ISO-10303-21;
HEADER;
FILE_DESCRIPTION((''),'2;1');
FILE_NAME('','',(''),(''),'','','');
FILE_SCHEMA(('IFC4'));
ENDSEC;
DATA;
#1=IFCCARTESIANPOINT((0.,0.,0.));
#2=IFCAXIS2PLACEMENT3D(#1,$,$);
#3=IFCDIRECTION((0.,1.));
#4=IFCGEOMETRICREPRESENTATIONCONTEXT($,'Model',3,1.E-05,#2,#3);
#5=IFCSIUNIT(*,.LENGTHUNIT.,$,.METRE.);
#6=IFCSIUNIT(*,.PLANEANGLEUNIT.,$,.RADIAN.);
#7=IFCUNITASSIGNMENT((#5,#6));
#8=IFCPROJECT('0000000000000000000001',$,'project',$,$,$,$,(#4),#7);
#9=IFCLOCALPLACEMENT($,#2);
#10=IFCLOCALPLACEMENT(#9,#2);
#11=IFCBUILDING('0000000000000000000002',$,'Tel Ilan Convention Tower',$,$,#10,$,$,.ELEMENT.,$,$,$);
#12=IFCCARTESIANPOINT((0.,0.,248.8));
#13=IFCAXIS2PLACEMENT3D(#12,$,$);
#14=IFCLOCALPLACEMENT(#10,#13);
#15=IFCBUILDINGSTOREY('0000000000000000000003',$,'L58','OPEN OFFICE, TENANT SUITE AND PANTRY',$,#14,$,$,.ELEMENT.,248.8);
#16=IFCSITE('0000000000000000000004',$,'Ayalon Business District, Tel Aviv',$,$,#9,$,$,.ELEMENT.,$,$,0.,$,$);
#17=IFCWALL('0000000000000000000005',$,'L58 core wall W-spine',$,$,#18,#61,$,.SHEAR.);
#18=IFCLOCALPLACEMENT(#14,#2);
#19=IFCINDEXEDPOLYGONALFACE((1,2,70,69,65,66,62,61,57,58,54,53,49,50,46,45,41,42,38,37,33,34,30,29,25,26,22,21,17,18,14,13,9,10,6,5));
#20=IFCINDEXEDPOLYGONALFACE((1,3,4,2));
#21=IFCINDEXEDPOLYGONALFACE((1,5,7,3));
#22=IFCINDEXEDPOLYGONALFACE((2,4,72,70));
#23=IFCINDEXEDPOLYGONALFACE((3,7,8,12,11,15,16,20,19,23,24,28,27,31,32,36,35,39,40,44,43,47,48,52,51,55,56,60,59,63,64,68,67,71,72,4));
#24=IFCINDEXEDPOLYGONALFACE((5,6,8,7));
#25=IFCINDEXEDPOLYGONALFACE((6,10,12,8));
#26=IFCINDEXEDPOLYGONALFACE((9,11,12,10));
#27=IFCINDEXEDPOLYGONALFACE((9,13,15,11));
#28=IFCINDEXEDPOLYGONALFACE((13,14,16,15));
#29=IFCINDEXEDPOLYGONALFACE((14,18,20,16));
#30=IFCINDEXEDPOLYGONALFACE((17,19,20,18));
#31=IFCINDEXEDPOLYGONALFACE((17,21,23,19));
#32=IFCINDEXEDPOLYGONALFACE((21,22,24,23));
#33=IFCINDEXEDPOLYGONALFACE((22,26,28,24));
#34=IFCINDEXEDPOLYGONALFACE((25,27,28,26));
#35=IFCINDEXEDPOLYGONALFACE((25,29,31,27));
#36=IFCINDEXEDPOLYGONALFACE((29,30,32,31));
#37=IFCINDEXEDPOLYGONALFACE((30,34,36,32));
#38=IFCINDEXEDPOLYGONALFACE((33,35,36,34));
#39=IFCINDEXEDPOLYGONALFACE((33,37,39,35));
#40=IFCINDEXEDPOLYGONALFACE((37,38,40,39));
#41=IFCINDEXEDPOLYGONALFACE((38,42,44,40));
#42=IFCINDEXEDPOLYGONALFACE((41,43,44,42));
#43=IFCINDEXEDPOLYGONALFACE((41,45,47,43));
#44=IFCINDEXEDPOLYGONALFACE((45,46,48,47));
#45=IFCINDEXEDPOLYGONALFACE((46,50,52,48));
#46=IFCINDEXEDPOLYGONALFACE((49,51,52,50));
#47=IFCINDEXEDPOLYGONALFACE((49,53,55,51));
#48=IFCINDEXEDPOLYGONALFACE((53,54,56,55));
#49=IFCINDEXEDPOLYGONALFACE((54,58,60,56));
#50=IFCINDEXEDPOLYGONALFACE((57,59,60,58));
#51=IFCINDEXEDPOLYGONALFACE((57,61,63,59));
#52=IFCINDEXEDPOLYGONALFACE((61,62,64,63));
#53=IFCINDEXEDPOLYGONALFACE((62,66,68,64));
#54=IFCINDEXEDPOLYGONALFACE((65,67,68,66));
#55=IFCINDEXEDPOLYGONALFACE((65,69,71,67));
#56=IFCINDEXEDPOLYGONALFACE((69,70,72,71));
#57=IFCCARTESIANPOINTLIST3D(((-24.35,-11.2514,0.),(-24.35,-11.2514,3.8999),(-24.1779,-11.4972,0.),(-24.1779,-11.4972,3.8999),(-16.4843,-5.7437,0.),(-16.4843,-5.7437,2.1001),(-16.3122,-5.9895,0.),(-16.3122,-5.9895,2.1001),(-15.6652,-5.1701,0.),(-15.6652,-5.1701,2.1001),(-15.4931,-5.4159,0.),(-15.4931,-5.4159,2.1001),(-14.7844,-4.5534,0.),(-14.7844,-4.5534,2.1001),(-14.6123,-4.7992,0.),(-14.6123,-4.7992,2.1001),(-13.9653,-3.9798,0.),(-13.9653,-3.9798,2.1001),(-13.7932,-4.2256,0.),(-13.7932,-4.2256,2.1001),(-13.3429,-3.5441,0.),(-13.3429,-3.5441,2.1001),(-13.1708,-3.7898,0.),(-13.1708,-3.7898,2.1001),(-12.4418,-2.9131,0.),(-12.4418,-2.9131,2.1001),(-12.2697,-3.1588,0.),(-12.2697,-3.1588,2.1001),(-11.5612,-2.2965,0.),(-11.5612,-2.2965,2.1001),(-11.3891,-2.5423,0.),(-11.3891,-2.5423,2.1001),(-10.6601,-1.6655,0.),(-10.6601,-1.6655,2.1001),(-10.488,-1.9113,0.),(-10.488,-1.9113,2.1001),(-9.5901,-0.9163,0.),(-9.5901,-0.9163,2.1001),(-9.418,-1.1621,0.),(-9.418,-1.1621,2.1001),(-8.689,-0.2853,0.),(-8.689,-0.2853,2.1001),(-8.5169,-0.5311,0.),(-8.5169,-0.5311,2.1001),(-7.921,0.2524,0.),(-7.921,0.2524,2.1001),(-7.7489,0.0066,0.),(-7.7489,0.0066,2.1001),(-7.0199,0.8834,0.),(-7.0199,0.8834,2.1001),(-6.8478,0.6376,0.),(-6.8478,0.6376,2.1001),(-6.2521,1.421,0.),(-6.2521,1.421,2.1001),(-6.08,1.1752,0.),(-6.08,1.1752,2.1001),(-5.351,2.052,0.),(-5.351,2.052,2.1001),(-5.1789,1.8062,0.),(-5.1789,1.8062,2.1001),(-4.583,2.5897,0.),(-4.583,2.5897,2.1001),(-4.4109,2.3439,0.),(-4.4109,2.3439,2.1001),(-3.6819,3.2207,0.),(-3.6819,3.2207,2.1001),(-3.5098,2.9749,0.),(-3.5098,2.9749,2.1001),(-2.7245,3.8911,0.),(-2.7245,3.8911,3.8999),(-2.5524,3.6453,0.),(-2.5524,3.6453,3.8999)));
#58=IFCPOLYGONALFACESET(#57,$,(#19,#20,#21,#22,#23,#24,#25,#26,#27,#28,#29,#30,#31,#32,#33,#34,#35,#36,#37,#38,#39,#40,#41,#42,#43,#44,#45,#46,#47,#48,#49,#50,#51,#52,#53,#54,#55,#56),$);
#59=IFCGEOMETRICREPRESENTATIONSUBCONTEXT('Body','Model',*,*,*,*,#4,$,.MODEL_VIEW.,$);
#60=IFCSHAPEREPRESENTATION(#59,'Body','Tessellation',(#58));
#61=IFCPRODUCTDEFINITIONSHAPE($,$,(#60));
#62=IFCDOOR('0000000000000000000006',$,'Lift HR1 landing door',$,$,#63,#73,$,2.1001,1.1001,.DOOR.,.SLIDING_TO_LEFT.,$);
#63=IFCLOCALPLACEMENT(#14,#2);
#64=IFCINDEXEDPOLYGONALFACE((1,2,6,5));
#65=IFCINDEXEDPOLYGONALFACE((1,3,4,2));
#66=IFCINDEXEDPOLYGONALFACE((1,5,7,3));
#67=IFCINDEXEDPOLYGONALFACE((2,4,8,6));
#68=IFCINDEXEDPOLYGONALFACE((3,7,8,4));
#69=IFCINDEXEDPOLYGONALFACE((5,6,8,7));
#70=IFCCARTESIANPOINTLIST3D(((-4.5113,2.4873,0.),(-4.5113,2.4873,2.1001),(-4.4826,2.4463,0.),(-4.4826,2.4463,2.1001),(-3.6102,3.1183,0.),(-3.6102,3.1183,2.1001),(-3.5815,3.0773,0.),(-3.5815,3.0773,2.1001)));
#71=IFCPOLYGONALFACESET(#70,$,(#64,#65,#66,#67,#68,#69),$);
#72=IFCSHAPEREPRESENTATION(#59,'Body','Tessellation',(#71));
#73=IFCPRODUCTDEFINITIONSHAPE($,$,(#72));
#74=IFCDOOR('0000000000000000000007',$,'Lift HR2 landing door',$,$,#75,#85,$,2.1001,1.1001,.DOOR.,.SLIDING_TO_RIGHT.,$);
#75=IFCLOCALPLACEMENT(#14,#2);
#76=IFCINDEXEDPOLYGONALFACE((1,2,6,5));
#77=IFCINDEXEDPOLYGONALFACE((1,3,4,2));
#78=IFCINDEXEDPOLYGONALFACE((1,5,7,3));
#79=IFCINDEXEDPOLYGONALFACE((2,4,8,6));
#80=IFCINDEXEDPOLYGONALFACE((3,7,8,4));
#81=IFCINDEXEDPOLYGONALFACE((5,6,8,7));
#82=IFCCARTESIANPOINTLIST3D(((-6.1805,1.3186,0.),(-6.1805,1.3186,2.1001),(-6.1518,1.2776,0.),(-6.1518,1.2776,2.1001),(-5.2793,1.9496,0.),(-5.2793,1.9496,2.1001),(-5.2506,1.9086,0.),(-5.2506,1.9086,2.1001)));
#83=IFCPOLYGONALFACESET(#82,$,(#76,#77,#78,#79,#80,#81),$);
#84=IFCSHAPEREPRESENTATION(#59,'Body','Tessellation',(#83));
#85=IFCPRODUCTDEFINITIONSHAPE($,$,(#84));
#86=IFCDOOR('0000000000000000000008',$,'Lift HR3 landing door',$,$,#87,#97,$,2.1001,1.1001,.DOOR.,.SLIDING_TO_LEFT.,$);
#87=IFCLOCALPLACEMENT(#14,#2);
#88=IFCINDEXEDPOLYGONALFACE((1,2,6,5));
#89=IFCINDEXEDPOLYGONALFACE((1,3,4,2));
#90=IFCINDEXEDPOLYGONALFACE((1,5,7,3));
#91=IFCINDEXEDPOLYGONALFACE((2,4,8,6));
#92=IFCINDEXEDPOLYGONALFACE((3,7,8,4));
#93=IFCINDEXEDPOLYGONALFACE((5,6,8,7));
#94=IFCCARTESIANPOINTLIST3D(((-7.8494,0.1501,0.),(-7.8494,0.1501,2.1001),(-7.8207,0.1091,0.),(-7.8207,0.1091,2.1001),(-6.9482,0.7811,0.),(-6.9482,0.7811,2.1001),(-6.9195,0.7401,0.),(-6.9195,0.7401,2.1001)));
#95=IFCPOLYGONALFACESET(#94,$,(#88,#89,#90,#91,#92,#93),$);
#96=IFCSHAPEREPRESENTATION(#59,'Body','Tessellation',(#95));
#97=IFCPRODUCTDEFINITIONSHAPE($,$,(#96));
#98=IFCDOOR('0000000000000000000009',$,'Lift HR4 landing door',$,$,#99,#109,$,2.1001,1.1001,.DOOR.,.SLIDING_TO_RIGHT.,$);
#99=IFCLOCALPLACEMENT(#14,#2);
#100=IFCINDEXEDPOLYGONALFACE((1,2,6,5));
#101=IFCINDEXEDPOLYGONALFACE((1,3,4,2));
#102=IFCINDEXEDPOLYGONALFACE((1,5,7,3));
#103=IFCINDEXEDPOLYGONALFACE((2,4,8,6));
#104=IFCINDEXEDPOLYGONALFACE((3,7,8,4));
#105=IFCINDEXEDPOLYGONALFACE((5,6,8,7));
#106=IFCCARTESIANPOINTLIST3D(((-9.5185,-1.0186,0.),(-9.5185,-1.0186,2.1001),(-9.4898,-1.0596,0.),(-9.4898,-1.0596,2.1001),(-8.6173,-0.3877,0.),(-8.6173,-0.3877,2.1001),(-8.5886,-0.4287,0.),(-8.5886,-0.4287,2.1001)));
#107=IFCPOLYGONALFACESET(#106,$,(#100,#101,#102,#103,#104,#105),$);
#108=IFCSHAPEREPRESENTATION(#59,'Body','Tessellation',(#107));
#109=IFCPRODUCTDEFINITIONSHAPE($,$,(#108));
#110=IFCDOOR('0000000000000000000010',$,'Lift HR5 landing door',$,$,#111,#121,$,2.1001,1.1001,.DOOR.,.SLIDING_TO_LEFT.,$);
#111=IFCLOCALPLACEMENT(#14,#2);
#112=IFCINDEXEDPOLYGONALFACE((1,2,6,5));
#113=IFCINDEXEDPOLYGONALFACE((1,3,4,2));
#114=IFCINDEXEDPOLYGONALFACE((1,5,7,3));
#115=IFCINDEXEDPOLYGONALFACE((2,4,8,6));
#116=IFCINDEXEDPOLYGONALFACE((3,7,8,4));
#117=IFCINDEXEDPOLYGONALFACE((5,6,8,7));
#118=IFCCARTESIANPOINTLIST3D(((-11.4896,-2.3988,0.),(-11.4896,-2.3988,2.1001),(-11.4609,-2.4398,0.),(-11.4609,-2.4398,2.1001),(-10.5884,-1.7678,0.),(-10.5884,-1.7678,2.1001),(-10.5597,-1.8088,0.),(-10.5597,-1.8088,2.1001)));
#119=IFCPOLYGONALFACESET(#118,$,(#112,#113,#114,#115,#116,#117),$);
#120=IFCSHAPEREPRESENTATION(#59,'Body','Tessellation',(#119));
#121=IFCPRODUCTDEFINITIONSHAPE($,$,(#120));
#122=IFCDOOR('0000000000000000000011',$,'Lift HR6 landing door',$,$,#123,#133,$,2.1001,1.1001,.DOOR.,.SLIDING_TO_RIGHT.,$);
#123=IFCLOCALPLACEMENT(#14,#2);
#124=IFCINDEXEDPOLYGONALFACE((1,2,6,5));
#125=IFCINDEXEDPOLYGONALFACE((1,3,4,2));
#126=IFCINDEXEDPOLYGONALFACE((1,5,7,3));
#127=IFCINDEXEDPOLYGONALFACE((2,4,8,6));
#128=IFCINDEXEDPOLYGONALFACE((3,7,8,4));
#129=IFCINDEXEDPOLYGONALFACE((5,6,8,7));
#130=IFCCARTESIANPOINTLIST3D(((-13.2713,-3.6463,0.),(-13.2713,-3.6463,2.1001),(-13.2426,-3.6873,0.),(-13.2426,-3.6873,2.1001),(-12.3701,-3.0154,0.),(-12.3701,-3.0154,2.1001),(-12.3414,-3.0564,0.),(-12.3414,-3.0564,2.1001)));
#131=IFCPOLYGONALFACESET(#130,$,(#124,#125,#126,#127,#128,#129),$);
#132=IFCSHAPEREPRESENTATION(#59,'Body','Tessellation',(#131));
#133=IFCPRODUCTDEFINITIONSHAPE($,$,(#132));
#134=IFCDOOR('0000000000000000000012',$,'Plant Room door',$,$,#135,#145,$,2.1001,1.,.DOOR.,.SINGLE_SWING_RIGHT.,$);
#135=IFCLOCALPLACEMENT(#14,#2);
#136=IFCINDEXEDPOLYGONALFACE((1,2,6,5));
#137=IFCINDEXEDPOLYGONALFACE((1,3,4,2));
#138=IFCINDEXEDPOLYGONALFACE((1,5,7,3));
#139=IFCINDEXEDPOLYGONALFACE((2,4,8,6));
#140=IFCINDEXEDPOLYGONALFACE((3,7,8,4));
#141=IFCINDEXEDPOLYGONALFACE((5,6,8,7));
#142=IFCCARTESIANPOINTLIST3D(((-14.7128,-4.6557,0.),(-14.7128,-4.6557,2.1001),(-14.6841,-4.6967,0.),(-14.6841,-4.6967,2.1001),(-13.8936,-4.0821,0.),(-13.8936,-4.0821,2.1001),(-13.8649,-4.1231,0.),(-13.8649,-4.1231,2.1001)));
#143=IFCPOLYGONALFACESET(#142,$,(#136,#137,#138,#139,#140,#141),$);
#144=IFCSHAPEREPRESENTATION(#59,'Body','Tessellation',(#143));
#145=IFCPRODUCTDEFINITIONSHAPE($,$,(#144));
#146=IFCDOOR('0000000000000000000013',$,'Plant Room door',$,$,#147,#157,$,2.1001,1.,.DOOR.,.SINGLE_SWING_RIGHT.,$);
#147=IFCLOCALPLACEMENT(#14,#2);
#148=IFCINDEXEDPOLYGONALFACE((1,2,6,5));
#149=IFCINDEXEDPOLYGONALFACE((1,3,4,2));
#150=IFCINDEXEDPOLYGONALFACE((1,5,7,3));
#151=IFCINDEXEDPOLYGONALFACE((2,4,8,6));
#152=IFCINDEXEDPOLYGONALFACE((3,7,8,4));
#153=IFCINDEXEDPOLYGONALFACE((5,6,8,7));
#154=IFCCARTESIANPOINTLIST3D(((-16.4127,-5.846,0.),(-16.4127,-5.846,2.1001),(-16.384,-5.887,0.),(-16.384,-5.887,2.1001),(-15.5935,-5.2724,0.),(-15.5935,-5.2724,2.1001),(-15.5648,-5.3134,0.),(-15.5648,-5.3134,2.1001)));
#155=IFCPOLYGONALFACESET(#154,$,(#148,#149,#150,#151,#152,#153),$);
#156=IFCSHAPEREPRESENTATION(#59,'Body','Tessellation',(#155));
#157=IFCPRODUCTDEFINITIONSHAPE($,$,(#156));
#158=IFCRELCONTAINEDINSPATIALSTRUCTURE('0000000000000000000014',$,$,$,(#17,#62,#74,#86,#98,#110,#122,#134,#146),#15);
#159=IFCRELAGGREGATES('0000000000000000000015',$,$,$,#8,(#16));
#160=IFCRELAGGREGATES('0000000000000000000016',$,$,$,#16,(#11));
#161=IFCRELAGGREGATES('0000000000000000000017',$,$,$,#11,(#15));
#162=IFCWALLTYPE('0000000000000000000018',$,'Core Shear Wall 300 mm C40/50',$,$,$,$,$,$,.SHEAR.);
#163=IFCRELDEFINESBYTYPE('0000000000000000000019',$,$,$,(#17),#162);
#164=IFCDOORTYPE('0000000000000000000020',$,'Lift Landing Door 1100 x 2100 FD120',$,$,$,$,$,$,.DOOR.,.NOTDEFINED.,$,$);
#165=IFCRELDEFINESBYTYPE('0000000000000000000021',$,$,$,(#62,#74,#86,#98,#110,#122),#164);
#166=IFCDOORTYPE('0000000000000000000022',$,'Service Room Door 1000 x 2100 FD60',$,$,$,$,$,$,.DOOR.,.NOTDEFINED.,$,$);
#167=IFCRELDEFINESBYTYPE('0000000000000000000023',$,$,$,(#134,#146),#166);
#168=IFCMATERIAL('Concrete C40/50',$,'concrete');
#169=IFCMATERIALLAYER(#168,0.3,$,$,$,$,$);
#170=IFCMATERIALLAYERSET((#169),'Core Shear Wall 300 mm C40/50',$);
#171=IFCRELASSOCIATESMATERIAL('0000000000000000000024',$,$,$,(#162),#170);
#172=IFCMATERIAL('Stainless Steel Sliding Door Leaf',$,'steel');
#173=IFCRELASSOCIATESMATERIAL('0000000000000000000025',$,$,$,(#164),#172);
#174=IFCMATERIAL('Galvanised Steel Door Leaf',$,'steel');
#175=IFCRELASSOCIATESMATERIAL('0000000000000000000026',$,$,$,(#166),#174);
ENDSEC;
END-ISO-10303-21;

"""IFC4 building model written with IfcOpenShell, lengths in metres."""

from ifc_helpers import new_model, si_unit, direction, frame, frame_2d, origin, place, context, subcontext, project, spatial, polyline, rectangle, outline, extrude, material, layer, layer_set, type_object, element, fill, save


model = new_model("IFC4")

# Units and contexts
model_context = context("Model", 3, precision=1e-05, world=origin(), true_north=direction((0.0, 1.0)))
body_context = subcontext(model_context, "Body", "Model", "MODEL_VIEW")
ifc_project = project(units=[si_unit("LENGTHUNIT", "METRE"), si_unit("PLANEANGLEUNIT", "RADIAN")], contexts=[model_context])

# Site, building, storey
site_placement = place(None, origin())
site = spatial("IfcSite", under=ifc_project, at=site_placement, Name="Ayalon Business District, Tel Aviv", CompositionType="ELEMENT", RefElevation=0.0)
building_placement = place(site_placement, origin())
building = spatial("IfcBuilding", under=site, at=building_placement, Name="Tel Ilan Convention Tower", CompositionType="ELEMENT")
storey_placement = place(building_placement, frame((0.0, 0.0, 248.8)))
storey = spatial("IfcBuildingStorey", under=building, at=storey_placement, Name="L58", Description="OPEN OFFICE, TENANT SUITE AND PANTRY", CompositionType="ELEMENT", Elevation=248.8)

# Wall, openings, doors
ifc_material_1 = material(Name="Concrete C40/50", Category="concrete")
ifc_layer_1 = layer(ifc_material_1, 0.3)
ifc_layer_set_1 = layer_set([ifc_layer_1], Name="Core Shear Wall 300 mm C40/50")
wall_type_1 = type_object("IfcWallType", Name="Core Shear Wall 300 mm C40/50", PredefinedType="SHEAR", material=ifc_layer_set_1)
wall_1_placement = place(storey_placement, frame((-2.6384, 3.7681, 0.0), z_axis=(0.0, 0.0, 1.0), x_axis=(-0.819155, -0.573572, 0.0)))
wall_1 = element("IfcWall", 1, at=wall_1_placement, inside=storey, type_object=wall_type_1, Name="L58 core wall W-spine", PredefinedType="SHEAR", context=body_context, shape_type="SweptSolid", body=[
    extrude(outline(polyline([(26.3999, 0.1501), (0.0, 0.1499), (0.0, -0.1501), (26.3999, -0.1499), (26.3999, 0.1501)])), origin(), (0.0, 0.0, 1.0), 3.8999),
])
opening_1_placement = place(wall_1_placement, frame((1.1687, 0.0, 0.0)))
opening_1 = element("IfcOpeningElement", 2, at=opening_1_placement, cuts=wall_1, PredefinedType="OPENING", context=body_context, shape_type="SweptSolid", body=[
    extrude(rectangle(XDim=1.1001, YDim=2.1001, at=frame_2d((0.55, 1.05))), frame((0.0, 0.1599, 0.0), z_axis=(0.0, -1.0, 0.0), x_axis=(1.0, 0.0, 0.0)), (0.0, 0.0, 1.0), 0.3201),
])
opening_2_placement = place(wall_1_placement, frame((3.2063, 0.0, 0.0)))
opening_2 = element("IfcOpeningElement", 3, at=opening_2_placement, cuts=wall_1, PredefinedType="OPENING", context=body_context, shape_type="SweptSolid", body=[
    extrude(rectangle(XDim=1.1001, YDim=2.1001, at=frame_2d((0.55, 1.05))), frame((0.0, 0.1599, 0.0), z_axis=(0.0, -1.0, 0.0), x_axis=(1.0, 0.0, 0.0)), (0.0, 0.0, 1.0), 0.3201),
])
opening_3_placement = place(wall_1_placement, frame((5.2437, 0.0, 0.0)))
opening_3 = element("IfcOpeningElement", 4, at=opening_3_placement, cuts=wall_1, PredefinedType="OPENING", context=body_context, shape_type="SweptSolid", body=[
    extrude(rectangle(XDim=1.1001, YDim=2.1001, at=frame_2d((0.55, 1.05))), frame((0.0, 0.1599, 0.0), z_axis=(0.0, -1.0, 0.0), x_axis=(1.0, 0.0, 0.0)), (0.0, 0.0, 1.0), 0.3201),
])
opening_4_placement = place(wall_1_placement, frame((7.2812, 0.0, 0.0)))
opening_4 = element("IfcOpeningElement", 5, at=opening_4_placement, cuts=wall_1, PredefinedType="OPENING", context=body_context, shape_type="SweptSolid", body=[
    extrude(rectangle(XDim=1.1001, YDim=2.1001, at=frame_2d((0.55, 1.05))), frame((0.0, 0.1599, 0.0), z_axis=(0.0, -1.0, 0.0), x_axis=(1.0, 0.0, 0.0)), (0.0, 0.0, 1.0), 0.3201),
])
opening_5_placement = place(wall_1_placement, frame((9.6875, 0.0, 0.0)))
opening_5 = element("IfcOpeningElement", 6, at=opening_5_placement, cuts=wall_1, PredefinedType="OPENING", context=body_context, shape_type="SweptSolid", body=[
    extrude(rectangle(XDim=1.1001, YDim=2.1001, at=frame_2d((0.55, 1.05))), frame((0.0, 0.1599, 0.0), z_axis=(0.0, -1.0, 0.0), x_axis=(1.0, 0.0, 0.0)), (0.0, 0.0, 1.0), 0.3201),
])
opening_6_placement = place(wall_1_placement, frame((11.8625, 0.0, 0.0)))
opening_6 = element("IfcOpeningElement", 7, at=opening_6_placement, cuts=wall_1, PredefinedType="OPENING", context=body_context, shape_type="SweptSolid", body=[
    extrude(rectangle(XDim=1.1001, YDim=2.1001, at=frame_2d((0.55, 1.05))), frame((0.0, 0.1599, 0.0), z_axis=(0.0, -1.0, 0.0), x_axis=(1.0, 0.0, 0.0)), (0.0, 0.0, 1.0), 0.3201),
])
opening_7_placement = place(wall_1_placement, frame((13.7224, 0.0, 0.0)))
opening_7 = element("IfcOpeningElement", 8, at=opening_7_placement, cuts=wall_1, PredefinedType="OPENING", context=body_context, shape_type="SweptSolid", body=[
    extrude(rectangle(XDim=1.0, YDim=2.1001, at=frame_2d((0.5, 1.05))), frame((0.0, 0.1599, 0.0), z_axis=(0.0, -1.0, 0.0), x_axis=(1.0, 0.0, 0.0)), (0.0, 0.0, 1.0), 0.3201),
])
opening_8_placement = place(wall_1_placement, frame((15.7976, 0.0, 0.0)))
opening_8 = element("IfcOpeningElement", 9, at=opening_8_placement, cuts=wall_1, PredefinedType="OPENING", context=body_context, shape_type="SweptSolid", body=[
    extrude(rectangle(XDim=1.0, YDim=2.1001, at=frame_2d((0.5, 1.05))), frame((0.0, 0.1599, 0.0), z_axis=(0.0, -1.0, 0.0), x_axis=(1.0, 0.0, 0.0)), (0.0, 0.0, 1.0), 0.3201),
])
ifc_material_2 = material(Name="Stainless Steel Sliding Door Leaf", Category="steel")
door_type_1 = type_object("IfcDoorType", Name="Lift Landing Door 1100 x 2100 FD120", OperationType="NOTDEFINED", PredefinedType="DOOR", material=ifc_material_2)
door_1_placement = place(opening_1_placement, origin())
door_1 = element("IfcDoor", 10, at=door_1_placement, inside=storey, type_object=door_type_1, Name="Lift HR1 landing door", OperationType="SLIDING_TO_LEFT", OverallHeight=2.1001, OverallWidth=1.1001, PredefinedType="DOOR", context=body_context, shape_type="SweptSolid", body=[
    extrude(rectangle(XDim=1.1001, YDim=2.1001, at=frame_2d((0.55, 1.05))), frame((0.0, 0.0249, 0.0), z_axis=(0.0, -1.0, 0.0), x_axis=(1.0, 0.0, 0.0)), (0.0, 0.0, 1.0), 0.05),
])
fill(opening_1, door_1)
door_2_placement = place(opening_2_placement, origin())
door_2 = element("IfcDoor", 11, at=door_2_placement, inside=storey, type_object=door_type_1, Name="Lift HR2 landing door", OperationType="SLIDING_TO_RIGHT", OverallHeight=2.1001, OverallWidth=1.1001, PredefinedType="DOOR", context=body_context, shape_type="SweptSolid", body=[
    extrude(rectangle(XDim=1.1001, YDim=2.1001, at=frame_2d((0.55, 1.05))), frame((0.0, 0.0249, 0.0), z_axis=(0.0, -1.0, 0.0), x_axis=(1.0, 0.0, 0.0)), (0.0, 0.0, 1.0), 0.05),
])
fill(opening_2, door_2)
door_3_placement = place(opening_3_placement, origin())
door_3 = element("IfcDoor", 12, at=door_3_placement, inside=storey, type_object=door_type_1, Name="Lift HR3 landing door", OperationType="SLIDING_TO_LEFT", OverallHeight=2.1001, OverallWidth=1.1001, PredefinedType="DOOR", context=body_context, shape_type="SweptSolid", body=[
    extrude(rectangle(XDim=1.1001, YDim=2.1001, at=frame_2d((0.55, 1.05))), frame((0.0, 0.0249, 0.0), z_axis=(0.0, -1.0, 0.0), x_axis=(1.0, 0.0, 0.0)), (0.0, 0.0, 1.0), 0.05),
])
fill(opening_3, door_3)
door_4_placement = place(opening_4_placement, origin())
door_4 = element("IfcDoor", 13, at=door_4_placement, inside=storey, type_object=door_type_1, Name="Lift HR4 landing door", OperationType="SLIDING_TO_RIGHT", OverallHeight=2.1001, OverallWidth=1.1001, PredefinedType="DOOR", context=body_context, shape_type="SweptSolid", body=[
    extrude(rectangle(XDim=1.1001, YDim=2.1001, at=frame_2d((0.55, 1.05))), frame((0.0, 0.0249, 0.0), z_axis=(0.0, -1.0, 0.0), x_axis=(1.0, 0.0, 0.0)), (0.0, 0.0, 1.0), 0.05),
])
fill(opening_4, door_4)
door_5_placement = place(opening_5_placement, origin())
door_5 = element("IfcDoor", 14, at=door_5_placement, inside=storey, type_object=door_type_1, Name="Lift HR5 landing door", OperationType="SLIDING_TO_LEFT", OverallHeight=2.1001, OverallWidth=1.1001, PredefinedType="DOOR", context=body_context, shape_type="SweptSolid", body=[
    extrude(rectangle(XDim=1.1001, YDim=2.1001, at=frame_2d((0.55, 1.05))), frame((0.0, 0.0249, 0.0), z_axis=(0.0, -1.0, 0.0), x_axis=(1.0, 0.0, 0.0)), (0.0, 0.0, 1.0), 0.05),
])
fill(opening_5, door_5)
door_6_placement = place(opening_6_placement, origin())
door_6 = element("IfcDoor", 15, at=door_6_placement, inside=storey, type_object=door_type_1, Name="Lift HR6 landing door", OperationType="SLIDING_TO_RIGHT", OverallHeight=2.1001, OverallWidth=1.1001, PredefinedType="DOOR", context=body_context, shape_type="SweptSolid", body=[
    extrude(rectangle(XDim=1.1001, YDim=2.1001, at=frame_2d((0.55, 1.05))), frame((0.0, 0.0249, 0.0), z_axis=(0.0, -1.0, 0.0), x_axis=(1.0, 0.0, 0.0)), (0.0, 0.0, 1.0), 0.05),
])
fill(opening_6, door_6)
ifc_material_3 = material(Name="Galvanised Steel Door Leaf", Category="steel")
door_type_2 = type_object("IfcDoorType", Name="Service Room Door 1000 x 2100 FD60", OperationType="NOTDEFINED", PredefinedType="DOOR", material=ifc_material_3)
door_7_placement = place(opening_7_placement, origin())
door_7 = element("IfcDoor", 16, at=door_7_placement, inside=storey, type_object=door_type_2, Name="Plant Room door", OperationType="SINGLE_SWING_RIGHT", OverallHeight=2.1001, OverallWidth=1.0, PredefinedType="DOOR", context=body_context, shape_type="SweptSolid", body=[
    extrude(rectangle(XDim=1.0, YDim=2.1001, at=frame_2d((0.5, 1.05))), frame((0.0, 0.0249, 0.0), z_axis=(0.0, -1.0, 0.0), x_axis=(1.0, 0.0, 0.0)), (0.0, 0.0, 1.0), 0.05),
])
fill(opening_7, door_7)
door_8_placement = place(opening_8_placement, origin())
door_8 = element("IfcDoor", 17, at=door_8_placement, inside=storey, type_object=door_type_2, Name="Plant Room door", OperationType="SINGLE_SWING_RIGHT", OverallHeight=2.1001, OverallWidth=1.0, PredefinedType="DOOR", context=body_context, shape_type="SweptSolid", body=[
    extrude(rectangle(XDim=1.0, YDim=2.1001, at=frame_2d((0.5, 1.05))), frame((0.0, 0.0249, 0.0), z_axis=(0.0, -1.0, 0.0), x_axis=(1.0, 0.0, 0.0)), (0.0, 0.0, 1.0), 0.05),
])
fill(opening_8, door_8)

save(model, "model.ifc")
